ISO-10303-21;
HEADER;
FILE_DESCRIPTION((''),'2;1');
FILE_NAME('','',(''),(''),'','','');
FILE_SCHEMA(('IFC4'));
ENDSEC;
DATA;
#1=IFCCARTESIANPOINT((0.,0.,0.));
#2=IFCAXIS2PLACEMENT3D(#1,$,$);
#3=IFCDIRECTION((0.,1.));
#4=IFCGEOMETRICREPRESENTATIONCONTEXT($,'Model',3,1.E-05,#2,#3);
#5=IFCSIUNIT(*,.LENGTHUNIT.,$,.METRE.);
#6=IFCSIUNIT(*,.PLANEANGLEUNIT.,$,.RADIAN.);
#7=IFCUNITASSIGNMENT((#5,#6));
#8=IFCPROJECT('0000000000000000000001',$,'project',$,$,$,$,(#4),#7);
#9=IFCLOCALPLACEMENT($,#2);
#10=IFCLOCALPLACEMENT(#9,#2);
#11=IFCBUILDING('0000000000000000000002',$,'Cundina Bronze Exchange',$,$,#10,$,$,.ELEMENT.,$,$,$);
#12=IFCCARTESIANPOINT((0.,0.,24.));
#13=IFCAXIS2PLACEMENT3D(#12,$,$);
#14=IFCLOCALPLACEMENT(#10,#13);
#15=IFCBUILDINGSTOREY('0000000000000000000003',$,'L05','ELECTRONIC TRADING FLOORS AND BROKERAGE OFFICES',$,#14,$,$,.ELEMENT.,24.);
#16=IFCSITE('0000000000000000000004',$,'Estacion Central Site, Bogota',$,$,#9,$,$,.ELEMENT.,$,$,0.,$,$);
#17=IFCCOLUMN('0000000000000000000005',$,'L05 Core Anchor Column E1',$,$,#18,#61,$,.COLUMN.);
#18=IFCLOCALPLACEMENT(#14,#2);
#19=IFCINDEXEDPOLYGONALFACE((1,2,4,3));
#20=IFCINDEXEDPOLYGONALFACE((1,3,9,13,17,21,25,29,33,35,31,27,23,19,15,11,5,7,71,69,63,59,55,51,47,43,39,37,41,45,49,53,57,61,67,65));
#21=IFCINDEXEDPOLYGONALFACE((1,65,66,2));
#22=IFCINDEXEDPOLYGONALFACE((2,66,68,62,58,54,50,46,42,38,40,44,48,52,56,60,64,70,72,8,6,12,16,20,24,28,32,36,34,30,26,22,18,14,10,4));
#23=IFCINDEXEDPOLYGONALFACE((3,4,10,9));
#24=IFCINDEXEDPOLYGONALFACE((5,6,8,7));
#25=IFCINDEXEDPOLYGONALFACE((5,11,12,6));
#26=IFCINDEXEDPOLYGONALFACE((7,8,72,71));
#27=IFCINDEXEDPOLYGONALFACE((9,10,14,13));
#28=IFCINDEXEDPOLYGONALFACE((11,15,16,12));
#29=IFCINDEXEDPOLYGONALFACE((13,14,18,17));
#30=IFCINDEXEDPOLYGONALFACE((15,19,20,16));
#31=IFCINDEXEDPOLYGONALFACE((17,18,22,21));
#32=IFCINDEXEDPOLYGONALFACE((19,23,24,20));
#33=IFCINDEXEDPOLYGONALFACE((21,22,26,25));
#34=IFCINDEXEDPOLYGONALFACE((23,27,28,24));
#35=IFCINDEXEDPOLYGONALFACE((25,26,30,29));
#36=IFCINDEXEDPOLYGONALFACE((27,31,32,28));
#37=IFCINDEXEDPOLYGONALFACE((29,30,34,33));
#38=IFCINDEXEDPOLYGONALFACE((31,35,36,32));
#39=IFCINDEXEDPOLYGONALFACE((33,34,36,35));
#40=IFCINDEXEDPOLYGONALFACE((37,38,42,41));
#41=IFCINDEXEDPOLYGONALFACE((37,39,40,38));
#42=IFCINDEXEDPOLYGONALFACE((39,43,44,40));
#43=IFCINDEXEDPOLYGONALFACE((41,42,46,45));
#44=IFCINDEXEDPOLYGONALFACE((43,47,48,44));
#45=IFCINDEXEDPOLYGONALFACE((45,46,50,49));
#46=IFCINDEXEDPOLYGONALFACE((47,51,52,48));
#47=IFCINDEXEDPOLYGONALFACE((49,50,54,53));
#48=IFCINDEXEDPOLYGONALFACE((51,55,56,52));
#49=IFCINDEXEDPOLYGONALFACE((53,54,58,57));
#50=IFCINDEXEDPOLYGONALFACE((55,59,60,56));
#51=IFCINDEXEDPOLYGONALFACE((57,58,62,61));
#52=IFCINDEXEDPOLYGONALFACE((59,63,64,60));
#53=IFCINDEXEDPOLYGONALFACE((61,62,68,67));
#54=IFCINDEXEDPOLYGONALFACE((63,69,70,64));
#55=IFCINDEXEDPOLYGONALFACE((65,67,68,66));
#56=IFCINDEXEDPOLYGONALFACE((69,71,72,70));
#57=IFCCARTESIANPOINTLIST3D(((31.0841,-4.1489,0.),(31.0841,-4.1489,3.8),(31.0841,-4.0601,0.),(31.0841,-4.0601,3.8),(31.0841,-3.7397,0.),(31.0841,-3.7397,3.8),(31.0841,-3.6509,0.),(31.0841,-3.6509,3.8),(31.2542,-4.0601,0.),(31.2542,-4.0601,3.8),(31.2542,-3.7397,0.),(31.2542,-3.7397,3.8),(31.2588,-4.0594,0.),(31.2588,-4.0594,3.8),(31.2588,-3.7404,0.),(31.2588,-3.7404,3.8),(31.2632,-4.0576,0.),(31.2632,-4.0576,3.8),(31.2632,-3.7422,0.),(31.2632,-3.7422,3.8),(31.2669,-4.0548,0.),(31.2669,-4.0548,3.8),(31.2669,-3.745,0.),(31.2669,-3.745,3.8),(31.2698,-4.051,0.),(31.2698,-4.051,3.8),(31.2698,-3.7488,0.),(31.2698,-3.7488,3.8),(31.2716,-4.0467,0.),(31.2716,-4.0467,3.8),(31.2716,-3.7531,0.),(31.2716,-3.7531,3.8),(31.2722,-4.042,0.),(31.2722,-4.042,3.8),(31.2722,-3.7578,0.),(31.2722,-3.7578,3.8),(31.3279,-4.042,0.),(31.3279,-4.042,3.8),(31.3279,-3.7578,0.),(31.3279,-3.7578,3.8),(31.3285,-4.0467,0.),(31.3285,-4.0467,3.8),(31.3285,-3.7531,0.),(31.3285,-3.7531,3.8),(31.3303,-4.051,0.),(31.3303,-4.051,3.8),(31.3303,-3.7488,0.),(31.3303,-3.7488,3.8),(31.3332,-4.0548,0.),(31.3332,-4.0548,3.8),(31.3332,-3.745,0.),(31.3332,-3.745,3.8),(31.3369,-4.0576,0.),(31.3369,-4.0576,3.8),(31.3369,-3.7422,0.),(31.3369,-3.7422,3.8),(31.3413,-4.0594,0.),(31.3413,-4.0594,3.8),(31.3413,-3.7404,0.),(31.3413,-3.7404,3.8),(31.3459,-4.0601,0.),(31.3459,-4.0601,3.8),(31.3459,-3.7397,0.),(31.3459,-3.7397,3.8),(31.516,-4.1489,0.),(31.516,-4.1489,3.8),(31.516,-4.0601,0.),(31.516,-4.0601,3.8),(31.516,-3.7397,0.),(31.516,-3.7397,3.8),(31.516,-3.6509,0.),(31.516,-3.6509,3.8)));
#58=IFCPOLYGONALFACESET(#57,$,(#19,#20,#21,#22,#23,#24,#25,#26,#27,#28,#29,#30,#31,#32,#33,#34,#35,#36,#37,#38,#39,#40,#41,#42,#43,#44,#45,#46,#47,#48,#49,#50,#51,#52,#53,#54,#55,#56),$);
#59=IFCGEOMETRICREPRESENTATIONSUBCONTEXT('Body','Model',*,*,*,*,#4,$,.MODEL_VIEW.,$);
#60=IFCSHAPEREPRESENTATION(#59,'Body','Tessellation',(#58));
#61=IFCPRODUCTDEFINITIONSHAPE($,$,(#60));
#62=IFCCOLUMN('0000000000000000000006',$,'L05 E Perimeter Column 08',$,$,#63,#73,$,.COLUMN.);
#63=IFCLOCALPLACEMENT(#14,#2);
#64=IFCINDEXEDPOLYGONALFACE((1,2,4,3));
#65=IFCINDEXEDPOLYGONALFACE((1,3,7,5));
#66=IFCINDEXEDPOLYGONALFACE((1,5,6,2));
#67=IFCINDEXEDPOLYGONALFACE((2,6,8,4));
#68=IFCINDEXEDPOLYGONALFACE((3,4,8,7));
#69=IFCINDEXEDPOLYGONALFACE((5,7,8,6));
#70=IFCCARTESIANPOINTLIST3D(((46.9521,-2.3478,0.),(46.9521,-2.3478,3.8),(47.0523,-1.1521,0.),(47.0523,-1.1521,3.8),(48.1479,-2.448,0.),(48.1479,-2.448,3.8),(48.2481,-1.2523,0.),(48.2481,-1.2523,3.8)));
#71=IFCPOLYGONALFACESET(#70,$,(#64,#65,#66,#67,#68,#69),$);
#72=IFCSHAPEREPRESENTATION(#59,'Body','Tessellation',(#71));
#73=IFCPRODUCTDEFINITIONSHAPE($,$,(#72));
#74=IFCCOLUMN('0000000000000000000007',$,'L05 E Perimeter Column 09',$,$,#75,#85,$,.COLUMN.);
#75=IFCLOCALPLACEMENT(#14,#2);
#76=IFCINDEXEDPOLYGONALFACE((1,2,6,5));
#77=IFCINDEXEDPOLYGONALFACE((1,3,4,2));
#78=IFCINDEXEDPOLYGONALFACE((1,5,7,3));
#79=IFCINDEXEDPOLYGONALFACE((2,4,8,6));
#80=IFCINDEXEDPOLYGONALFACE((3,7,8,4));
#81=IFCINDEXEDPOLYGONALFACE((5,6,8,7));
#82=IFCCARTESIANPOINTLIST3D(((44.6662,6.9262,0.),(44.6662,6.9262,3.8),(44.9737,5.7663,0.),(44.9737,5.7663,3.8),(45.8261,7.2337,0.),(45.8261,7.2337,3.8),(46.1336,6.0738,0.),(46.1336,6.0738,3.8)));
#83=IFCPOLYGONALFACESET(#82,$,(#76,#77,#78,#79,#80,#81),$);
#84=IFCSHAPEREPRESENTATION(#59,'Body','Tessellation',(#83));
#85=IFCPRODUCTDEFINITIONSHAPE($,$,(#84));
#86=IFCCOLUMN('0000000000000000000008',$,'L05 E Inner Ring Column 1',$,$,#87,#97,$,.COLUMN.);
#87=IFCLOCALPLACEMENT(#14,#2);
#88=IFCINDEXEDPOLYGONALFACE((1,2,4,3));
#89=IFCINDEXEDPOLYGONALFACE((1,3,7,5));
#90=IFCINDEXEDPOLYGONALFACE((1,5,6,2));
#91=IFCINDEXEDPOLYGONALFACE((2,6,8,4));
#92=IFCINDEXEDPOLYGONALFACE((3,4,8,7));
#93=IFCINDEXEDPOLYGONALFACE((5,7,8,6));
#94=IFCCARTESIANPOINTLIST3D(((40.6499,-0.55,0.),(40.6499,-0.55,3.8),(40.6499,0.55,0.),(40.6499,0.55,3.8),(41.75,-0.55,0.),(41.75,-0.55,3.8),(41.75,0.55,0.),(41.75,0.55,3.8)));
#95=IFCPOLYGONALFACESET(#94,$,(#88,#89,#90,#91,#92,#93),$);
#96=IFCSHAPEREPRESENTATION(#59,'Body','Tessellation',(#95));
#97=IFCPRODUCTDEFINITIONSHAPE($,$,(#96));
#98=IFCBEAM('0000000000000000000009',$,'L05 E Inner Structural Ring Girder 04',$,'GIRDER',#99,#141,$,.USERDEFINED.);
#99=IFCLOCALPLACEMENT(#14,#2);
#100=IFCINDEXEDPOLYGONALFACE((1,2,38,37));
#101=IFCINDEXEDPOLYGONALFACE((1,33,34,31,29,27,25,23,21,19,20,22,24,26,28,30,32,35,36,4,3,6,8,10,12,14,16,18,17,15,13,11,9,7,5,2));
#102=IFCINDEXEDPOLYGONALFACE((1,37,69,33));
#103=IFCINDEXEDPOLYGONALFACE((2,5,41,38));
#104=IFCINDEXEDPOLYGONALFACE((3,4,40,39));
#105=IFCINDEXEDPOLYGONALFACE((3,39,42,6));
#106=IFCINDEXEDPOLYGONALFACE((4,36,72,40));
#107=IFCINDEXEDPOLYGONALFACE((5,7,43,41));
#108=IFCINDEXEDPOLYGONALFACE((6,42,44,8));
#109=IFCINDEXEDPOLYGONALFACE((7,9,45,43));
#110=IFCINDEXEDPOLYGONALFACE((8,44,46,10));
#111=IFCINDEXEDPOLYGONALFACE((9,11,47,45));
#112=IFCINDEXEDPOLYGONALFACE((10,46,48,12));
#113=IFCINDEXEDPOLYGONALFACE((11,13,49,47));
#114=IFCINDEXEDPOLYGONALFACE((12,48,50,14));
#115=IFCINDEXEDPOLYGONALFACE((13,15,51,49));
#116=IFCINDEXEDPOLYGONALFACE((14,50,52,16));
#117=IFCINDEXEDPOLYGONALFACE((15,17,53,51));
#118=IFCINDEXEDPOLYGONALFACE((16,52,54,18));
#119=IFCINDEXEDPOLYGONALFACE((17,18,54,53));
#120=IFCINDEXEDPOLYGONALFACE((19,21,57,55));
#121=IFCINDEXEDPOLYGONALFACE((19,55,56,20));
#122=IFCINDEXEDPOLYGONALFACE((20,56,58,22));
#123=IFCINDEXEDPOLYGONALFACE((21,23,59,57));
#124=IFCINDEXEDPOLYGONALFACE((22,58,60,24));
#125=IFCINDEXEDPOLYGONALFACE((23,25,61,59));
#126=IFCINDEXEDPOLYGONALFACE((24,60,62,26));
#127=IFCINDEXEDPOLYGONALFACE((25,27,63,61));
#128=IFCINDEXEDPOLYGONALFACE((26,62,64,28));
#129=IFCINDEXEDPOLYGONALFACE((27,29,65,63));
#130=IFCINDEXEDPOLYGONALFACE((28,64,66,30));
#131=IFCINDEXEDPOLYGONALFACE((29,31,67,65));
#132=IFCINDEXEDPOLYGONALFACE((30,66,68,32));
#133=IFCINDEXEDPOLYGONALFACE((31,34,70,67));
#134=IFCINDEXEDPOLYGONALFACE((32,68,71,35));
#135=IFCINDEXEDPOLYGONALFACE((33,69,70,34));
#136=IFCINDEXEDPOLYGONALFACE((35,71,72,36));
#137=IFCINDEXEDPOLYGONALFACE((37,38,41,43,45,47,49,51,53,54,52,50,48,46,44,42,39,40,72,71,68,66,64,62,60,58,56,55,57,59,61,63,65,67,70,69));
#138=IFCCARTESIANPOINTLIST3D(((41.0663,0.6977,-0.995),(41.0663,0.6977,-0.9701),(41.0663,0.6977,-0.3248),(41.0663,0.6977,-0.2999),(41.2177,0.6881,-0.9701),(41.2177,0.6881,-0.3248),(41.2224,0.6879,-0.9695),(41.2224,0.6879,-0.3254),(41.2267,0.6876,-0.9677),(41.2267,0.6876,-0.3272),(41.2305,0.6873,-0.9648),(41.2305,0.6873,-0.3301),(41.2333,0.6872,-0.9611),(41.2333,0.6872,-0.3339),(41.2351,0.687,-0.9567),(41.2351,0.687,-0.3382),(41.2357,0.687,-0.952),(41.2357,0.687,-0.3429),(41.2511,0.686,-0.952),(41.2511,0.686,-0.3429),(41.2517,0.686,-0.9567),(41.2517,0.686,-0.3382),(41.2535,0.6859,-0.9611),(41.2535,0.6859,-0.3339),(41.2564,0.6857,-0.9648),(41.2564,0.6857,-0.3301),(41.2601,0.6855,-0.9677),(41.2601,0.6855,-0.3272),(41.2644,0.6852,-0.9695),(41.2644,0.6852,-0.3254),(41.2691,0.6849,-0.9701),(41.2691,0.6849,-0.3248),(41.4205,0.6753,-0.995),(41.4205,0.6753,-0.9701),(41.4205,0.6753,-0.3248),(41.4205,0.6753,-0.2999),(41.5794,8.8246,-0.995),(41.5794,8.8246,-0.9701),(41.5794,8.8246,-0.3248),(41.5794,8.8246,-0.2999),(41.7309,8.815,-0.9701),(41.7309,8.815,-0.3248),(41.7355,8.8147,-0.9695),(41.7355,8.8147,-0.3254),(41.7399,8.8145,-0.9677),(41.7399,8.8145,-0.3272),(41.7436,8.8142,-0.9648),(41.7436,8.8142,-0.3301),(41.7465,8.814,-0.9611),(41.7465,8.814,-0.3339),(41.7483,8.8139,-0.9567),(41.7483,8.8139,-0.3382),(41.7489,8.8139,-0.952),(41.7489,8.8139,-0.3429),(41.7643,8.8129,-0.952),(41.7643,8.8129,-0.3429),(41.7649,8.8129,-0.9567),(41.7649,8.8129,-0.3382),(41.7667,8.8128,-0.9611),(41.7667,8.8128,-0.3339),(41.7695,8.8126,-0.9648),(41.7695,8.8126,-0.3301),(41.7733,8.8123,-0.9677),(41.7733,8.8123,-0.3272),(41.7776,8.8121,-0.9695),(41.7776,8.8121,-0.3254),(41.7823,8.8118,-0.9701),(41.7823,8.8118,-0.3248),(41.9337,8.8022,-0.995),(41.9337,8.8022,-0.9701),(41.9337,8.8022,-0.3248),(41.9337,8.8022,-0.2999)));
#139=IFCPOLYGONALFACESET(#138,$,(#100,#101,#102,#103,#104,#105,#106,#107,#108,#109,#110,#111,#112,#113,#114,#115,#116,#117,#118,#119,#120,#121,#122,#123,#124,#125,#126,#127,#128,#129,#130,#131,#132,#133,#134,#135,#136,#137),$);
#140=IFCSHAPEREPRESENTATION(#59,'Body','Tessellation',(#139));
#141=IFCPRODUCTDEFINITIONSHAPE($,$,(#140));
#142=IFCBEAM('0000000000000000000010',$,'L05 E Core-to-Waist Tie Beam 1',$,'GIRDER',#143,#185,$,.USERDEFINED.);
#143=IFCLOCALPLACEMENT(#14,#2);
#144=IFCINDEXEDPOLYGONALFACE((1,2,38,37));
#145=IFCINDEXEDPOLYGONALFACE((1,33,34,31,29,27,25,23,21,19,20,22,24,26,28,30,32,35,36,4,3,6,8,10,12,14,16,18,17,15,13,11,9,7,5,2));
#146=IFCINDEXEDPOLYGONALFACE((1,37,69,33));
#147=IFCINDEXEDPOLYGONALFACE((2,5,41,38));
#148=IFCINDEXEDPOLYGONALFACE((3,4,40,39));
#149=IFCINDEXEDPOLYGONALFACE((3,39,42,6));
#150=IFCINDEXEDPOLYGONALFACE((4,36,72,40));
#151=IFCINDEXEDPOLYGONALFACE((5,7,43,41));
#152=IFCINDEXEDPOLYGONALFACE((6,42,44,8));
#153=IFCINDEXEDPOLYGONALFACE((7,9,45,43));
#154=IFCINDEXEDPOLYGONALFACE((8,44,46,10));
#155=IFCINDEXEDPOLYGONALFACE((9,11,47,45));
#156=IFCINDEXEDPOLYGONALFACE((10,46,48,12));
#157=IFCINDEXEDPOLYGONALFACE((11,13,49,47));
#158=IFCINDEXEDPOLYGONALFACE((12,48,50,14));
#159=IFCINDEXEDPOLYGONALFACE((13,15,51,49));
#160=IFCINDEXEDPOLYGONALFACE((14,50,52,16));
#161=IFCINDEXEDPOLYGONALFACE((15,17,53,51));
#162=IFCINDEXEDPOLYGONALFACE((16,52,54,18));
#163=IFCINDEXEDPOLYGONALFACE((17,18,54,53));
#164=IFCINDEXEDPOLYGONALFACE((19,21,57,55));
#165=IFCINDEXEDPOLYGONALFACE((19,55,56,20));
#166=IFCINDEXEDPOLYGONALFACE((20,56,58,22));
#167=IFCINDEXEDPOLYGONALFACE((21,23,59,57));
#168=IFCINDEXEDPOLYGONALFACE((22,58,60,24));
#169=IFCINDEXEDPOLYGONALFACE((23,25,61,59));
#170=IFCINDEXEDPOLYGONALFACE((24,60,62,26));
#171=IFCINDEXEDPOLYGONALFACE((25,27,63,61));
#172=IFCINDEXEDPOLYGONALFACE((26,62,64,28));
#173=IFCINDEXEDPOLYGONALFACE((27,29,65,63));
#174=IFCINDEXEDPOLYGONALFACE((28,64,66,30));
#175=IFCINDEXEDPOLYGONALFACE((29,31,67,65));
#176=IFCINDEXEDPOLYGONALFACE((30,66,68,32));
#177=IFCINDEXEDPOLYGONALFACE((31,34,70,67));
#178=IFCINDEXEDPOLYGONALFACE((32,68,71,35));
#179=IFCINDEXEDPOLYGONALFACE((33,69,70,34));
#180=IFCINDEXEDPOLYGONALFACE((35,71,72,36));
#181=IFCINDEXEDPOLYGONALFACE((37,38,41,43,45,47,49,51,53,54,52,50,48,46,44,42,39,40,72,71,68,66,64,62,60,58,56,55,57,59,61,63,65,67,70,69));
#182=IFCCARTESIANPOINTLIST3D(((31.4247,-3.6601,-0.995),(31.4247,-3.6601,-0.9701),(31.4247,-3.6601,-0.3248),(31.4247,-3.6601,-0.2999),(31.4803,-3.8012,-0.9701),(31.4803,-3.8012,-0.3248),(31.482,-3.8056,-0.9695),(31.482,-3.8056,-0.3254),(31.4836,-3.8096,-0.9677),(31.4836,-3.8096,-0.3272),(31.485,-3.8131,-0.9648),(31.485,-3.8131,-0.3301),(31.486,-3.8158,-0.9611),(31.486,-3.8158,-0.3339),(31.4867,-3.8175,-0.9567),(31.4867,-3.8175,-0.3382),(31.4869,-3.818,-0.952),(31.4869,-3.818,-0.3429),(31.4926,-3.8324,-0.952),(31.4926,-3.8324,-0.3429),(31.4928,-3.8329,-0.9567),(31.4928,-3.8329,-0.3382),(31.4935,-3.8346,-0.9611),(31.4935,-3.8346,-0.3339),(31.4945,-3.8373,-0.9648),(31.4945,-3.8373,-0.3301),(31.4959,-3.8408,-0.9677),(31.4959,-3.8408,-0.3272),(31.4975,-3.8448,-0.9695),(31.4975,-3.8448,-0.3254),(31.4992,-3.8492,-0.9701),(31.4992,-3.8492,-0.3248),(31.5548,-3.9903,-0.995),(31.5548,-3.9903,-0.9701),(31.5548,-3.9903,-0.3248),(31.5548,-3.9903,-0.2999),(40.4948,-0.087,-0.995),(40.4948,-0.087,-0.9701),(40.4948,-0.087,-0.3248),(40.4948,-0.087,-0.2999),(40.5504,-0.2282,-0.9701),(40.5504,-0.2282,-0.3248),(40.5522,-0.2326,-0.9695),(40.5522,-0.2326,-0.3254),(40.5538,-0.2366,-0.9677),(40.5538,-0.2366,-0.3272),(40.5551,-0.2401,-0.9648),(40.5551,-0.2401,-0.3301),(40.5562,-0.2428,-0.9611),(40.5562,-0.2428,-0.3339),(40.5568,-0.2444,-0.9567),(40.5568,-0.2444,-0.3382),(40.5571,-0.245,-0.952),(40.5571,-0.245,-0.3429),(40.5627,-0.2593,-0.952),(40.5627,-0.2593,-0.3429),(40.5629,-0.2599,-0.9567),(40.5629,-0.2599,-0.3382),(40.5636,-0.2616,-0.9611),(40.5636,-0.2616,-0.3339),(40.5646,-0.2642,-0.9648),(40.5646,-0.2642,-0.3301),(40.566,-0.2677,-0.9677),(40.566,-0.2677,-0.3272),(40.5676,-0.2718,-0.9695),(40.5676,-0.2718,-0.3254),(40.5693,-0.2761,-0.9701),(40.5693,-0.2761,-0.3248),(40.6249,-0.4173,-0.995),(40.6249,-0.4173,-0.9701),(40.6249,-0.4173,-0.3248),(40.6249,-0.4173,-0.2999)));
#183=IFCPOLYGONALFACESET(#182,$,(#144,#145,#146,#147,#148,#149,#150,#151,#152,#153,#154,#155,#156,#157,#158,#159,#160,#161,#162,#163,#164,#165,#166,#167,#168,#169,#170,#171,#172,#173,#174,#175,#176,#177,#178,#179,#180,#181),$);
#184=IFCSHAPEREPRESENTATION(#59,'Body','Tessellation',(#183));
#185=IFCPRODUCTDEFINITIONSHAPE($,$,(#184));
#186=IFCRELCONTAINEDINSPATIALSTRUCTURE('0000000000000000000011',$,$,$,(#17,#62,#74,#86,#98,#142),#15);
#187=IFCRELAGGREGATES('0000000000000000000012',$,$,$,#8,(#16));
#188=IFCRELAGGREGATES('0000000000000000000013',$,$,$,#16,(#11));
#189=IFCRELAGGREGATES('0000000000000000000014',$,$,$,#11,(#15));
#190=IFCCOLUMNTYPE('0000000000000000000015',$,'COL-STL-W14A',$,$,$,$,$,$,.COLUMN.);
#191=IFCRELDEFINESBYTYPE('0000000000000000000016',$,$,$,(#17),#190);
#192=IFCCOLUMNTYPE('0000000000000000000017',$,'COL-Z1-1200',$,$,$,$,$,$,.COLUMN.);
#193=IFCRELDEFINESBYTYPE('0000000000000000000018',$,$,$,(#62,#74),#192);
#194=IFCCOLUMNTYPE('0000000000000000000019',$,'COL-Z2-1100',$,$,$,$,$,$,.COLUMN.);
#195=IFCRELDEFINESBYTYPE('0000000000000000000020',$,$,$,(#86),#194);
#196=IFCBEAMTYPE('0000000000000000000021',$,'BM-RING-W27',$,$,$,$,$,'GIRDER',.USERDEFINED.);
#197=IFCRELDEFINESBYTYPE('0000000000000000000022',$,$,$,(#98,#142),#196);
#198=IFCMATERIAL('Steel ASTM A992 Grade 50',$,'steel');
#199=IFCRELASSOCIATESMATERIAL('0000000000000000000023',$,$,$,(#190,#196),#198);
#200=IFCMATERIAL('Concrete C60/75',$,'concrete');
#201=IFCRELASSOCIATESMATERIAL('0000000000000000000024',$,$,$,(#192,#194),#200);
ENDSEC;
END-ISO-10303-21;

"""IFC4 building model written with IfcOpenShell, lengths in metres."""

from ifc_helpers import new_model, si_unit, direction, frame, origin, origin_2d, place, context, subcontext, project, spatial, rectangle, i_section, extrude, material, material_profile, profile_set, type_object, element, save


model = new_model("IFC4")

# Units and contexts
model_context = context("Model", 3, precision=1e-05, world=origin(), true_north=direction((0.0, 1.0)))
body_context = subcontext(model_context, "Body", "Model", "MODEL_VIEW")
ifc_project = project(units=[si_unit("LENGTHUNIT", "METRE"), si_unit("PLANEANGLEUNIT", "RADIAN")], contexts=[model_context])

# Site, building, storey
site_placement = place(None, origin())
site = spatial("IfcSite", under=ifc_project, at=site_placement, Name="Estacion Central Site, Bogota", CompositionType="ELEMENT", RefElevation=0.0)
building_placement = place(site_placement, origin())
building = spatial("IfcBuilding", under=site, at=building_placement, Name="Cundina Bronze Exchange", CompositionType="ELEMENT")
storey_placement = place(building_placement, frame((0.0, 0.0, 24.0)))
storey = spatial("IfcBuildingStorey", under=building, at=storey_placement, Name="L05", Description="ELECTRONIC TRADING FLOORS AND BROKERAGE OFFICES", CompositionType="ELEMENT", Elevation=24.0)

# Columns
ifc_material_1 = material(Name="Steel ASTM A992 Grade 50", Category="steel")
ifc_material_profile_1 = material_profile(ifc_material_1, i_section(OverallWidth=0.4319, OverallDepth=0.498, WebThickness=0.0557, FlangeThickness=0.0889, FilletRadius=0.0181, at=origin_2d()), Name="W14X500", Category="steel")
ifc_profile_set_1 = profile_set([ifc_material_profile_1], Name="Steel ASTM A992 Grade 50")
column_type_1 = type_object("IfcColumnType", Name="COL-STL-W14A", PredefinedType="COLUMN", material=ifc_profile_set_1)
column_1_placement = place(storey_placement, frame((31.3, -3.8999, 0.0), z_axis=(0.0, 0.0, 1.0), x_axis=(1.0, 0.0, 0.0)))
element("IfcColumn", 1, at=column_1_placement, inside=storey, type_object=column_type_1, Name="L05 Core Anchor Column E1", PredefinedType="COLUMN", context=body_context, shape_type="SweptSolid", body=[
    extrude(i_section(OverallWidth=0.4319, OverallDepth=0.498, WebThickness=0.0557, FlangeThickness=0.0889, FilletRadius=0.0181, at=origin_2d()), origin(), (0.0, 0.0, 1.0), 3.8),
])
ifc_material_2 = material(Name="Concrete C60/75", Category="concrete")
ifc_material_profile_2 = material_profile(ifc_material_2, rectangle(XDim=1.2, YDim=1.2, at=origin_2d()), Name="RC1200X1200", Category="concrete")
ifc_profile_set_2 = profile_set([ifc_material_profile_2], Name="Concrete C60/75")
column_type_2 = type_object("IfcColumnType", Name="COL-Z1-1200", PredefinedType="COLUMN", material=ifc_profile_set_2)
for number, where, z_axis, x_axis, name in (
    (2, (47.6001, -1.8, 0.0), (0.0, 0.0, 1.0), (0.083504, 0.996507, 0.0), "L05 E Perimeter Column 08"),
    (3, (45.3999, 6.5, 0.0), (0.0, 0.0, 1.0), (-0.256289, 0.9666, 0.0), "L05 E Perimeter Column 09"),
):
    element("IfcColumn", number, at=place(storey_placement, frame(where, z_axis=z_axis, x_axis=x_axis)), inside=storey, type_object=column_type_2, Name=name, PredefinedType="COLUMN", context=body_context, shape_type="SweptSolid", body=[
        extrude(rectangle(XDim=1.2, YDim=1.2, at=origin_2d()), origin(), (0.0, 0.0, 1.0), 3.8),
    ])
ifc_material_profile_3 = material_profile(ifc_material_2, rectangle(XDim=1.1001, YDim=1.1001, at=origin_2d()), Name="RC1100X1100", Category="concrete")
ifc_profile_set_3 = profile_set([ifc_material_profile_3], Name="Concrete C60/75")
column_type_3 = type_object("IfcColumnType", Name="COL-Z2-1100", PredefinedType="COLUMN", material=ifc_profile_set_3)
column_2_placement = place(storey_placement, frame((41.2, 0.0, 0.0), z_axis=(0.0, 0.0, 1.0), x_axis=(1.0, 0.0, 0.0)))
element("IfcColumn", 4, at=column_2_placement, inside=storey, type_object=column_type_3, Name="L05 E Inner Ring Column 1", PredefinedType="COLUMN", context=body_context, shape_type="SweptSolid", body=[
    extrude(rectangle(XDim=1.1001, YDim=1.1001, at=origin_2d()), origin(), (0.0, 0.0, 1.0), 3.8),
])

# Beams
ifc_material_profile_4 = material_profile(ifc_material_1, i_section(OverallWidth=0.355, OverallDepth=0.6951, WebThickness=0.0154, FlangeThickness=0.0249, FilletRadius=0.0181, at=origin_2d()), Name="W27X146", Category="steel")
ifc_profile_set_4 = profile_set([ifc_material_profile_4], Name="Steel ASTM A992 Grade 50")
beam_type_1 = type_object("IfcBeamType", Name="BM-RING-W27", ElementType="GIRDER", PredefinedType="USERDEFINED", material=ifc_profile_set_4)
beam_1_placement = place(storey_placement, frame((41.2434, 0.6865, -0.6475), z_axis=(0.06302, 0.998012, 0.0), x_axis=(-0.998012, 0.06302, 0.0)))
element("IfcBeam", 5, at=beam_1_placement, inside=storey, type_object=beam_type_1, Name="L05 E Inner Structural Ring Girder 04", ObjectType="GIRDER", PredefinedType="USERDEFINED", context=body_context, shape_type="SweptSolid", body=[
    extrude(i_section(OverallWidth=0.355, OverallDepth=0.6951, WebThickness=0.0154, FlangeThickness=0.0249, FilletRadius=0.0181, at=origin_2d()), origin(), (0.0, 0.0, 1.0), 8.1431),
])
beam_2_placement = place(storey_placement, frame((31.4897, -3.8252, -0.6475), z_axis=(0.93041, 0.366519, 0.0), x_axis=(-0.366519, 0.93041, 0.0)))
element("IfcBeam", 6, at=beam_2_placement, inside=storey, type_object=beam_type_1, Name="L05 E Core-to-Waist Tie Beam 1", ObjectType="GIRDER", PredefinedType="USERDEFINED", context=body_context, shape_type="SweptSolid", body=[
    extrude(i_section(OverallWidth=0.355, OverallDepth=0.6951, WebThickness=0.0154, FlangeThickness=0.0249, FilletRadius=0.0181, at=origin_2d()), origin(), (0.0, 0.0, 1.0), 9.7485),
])

save(model, "model.ifc")
